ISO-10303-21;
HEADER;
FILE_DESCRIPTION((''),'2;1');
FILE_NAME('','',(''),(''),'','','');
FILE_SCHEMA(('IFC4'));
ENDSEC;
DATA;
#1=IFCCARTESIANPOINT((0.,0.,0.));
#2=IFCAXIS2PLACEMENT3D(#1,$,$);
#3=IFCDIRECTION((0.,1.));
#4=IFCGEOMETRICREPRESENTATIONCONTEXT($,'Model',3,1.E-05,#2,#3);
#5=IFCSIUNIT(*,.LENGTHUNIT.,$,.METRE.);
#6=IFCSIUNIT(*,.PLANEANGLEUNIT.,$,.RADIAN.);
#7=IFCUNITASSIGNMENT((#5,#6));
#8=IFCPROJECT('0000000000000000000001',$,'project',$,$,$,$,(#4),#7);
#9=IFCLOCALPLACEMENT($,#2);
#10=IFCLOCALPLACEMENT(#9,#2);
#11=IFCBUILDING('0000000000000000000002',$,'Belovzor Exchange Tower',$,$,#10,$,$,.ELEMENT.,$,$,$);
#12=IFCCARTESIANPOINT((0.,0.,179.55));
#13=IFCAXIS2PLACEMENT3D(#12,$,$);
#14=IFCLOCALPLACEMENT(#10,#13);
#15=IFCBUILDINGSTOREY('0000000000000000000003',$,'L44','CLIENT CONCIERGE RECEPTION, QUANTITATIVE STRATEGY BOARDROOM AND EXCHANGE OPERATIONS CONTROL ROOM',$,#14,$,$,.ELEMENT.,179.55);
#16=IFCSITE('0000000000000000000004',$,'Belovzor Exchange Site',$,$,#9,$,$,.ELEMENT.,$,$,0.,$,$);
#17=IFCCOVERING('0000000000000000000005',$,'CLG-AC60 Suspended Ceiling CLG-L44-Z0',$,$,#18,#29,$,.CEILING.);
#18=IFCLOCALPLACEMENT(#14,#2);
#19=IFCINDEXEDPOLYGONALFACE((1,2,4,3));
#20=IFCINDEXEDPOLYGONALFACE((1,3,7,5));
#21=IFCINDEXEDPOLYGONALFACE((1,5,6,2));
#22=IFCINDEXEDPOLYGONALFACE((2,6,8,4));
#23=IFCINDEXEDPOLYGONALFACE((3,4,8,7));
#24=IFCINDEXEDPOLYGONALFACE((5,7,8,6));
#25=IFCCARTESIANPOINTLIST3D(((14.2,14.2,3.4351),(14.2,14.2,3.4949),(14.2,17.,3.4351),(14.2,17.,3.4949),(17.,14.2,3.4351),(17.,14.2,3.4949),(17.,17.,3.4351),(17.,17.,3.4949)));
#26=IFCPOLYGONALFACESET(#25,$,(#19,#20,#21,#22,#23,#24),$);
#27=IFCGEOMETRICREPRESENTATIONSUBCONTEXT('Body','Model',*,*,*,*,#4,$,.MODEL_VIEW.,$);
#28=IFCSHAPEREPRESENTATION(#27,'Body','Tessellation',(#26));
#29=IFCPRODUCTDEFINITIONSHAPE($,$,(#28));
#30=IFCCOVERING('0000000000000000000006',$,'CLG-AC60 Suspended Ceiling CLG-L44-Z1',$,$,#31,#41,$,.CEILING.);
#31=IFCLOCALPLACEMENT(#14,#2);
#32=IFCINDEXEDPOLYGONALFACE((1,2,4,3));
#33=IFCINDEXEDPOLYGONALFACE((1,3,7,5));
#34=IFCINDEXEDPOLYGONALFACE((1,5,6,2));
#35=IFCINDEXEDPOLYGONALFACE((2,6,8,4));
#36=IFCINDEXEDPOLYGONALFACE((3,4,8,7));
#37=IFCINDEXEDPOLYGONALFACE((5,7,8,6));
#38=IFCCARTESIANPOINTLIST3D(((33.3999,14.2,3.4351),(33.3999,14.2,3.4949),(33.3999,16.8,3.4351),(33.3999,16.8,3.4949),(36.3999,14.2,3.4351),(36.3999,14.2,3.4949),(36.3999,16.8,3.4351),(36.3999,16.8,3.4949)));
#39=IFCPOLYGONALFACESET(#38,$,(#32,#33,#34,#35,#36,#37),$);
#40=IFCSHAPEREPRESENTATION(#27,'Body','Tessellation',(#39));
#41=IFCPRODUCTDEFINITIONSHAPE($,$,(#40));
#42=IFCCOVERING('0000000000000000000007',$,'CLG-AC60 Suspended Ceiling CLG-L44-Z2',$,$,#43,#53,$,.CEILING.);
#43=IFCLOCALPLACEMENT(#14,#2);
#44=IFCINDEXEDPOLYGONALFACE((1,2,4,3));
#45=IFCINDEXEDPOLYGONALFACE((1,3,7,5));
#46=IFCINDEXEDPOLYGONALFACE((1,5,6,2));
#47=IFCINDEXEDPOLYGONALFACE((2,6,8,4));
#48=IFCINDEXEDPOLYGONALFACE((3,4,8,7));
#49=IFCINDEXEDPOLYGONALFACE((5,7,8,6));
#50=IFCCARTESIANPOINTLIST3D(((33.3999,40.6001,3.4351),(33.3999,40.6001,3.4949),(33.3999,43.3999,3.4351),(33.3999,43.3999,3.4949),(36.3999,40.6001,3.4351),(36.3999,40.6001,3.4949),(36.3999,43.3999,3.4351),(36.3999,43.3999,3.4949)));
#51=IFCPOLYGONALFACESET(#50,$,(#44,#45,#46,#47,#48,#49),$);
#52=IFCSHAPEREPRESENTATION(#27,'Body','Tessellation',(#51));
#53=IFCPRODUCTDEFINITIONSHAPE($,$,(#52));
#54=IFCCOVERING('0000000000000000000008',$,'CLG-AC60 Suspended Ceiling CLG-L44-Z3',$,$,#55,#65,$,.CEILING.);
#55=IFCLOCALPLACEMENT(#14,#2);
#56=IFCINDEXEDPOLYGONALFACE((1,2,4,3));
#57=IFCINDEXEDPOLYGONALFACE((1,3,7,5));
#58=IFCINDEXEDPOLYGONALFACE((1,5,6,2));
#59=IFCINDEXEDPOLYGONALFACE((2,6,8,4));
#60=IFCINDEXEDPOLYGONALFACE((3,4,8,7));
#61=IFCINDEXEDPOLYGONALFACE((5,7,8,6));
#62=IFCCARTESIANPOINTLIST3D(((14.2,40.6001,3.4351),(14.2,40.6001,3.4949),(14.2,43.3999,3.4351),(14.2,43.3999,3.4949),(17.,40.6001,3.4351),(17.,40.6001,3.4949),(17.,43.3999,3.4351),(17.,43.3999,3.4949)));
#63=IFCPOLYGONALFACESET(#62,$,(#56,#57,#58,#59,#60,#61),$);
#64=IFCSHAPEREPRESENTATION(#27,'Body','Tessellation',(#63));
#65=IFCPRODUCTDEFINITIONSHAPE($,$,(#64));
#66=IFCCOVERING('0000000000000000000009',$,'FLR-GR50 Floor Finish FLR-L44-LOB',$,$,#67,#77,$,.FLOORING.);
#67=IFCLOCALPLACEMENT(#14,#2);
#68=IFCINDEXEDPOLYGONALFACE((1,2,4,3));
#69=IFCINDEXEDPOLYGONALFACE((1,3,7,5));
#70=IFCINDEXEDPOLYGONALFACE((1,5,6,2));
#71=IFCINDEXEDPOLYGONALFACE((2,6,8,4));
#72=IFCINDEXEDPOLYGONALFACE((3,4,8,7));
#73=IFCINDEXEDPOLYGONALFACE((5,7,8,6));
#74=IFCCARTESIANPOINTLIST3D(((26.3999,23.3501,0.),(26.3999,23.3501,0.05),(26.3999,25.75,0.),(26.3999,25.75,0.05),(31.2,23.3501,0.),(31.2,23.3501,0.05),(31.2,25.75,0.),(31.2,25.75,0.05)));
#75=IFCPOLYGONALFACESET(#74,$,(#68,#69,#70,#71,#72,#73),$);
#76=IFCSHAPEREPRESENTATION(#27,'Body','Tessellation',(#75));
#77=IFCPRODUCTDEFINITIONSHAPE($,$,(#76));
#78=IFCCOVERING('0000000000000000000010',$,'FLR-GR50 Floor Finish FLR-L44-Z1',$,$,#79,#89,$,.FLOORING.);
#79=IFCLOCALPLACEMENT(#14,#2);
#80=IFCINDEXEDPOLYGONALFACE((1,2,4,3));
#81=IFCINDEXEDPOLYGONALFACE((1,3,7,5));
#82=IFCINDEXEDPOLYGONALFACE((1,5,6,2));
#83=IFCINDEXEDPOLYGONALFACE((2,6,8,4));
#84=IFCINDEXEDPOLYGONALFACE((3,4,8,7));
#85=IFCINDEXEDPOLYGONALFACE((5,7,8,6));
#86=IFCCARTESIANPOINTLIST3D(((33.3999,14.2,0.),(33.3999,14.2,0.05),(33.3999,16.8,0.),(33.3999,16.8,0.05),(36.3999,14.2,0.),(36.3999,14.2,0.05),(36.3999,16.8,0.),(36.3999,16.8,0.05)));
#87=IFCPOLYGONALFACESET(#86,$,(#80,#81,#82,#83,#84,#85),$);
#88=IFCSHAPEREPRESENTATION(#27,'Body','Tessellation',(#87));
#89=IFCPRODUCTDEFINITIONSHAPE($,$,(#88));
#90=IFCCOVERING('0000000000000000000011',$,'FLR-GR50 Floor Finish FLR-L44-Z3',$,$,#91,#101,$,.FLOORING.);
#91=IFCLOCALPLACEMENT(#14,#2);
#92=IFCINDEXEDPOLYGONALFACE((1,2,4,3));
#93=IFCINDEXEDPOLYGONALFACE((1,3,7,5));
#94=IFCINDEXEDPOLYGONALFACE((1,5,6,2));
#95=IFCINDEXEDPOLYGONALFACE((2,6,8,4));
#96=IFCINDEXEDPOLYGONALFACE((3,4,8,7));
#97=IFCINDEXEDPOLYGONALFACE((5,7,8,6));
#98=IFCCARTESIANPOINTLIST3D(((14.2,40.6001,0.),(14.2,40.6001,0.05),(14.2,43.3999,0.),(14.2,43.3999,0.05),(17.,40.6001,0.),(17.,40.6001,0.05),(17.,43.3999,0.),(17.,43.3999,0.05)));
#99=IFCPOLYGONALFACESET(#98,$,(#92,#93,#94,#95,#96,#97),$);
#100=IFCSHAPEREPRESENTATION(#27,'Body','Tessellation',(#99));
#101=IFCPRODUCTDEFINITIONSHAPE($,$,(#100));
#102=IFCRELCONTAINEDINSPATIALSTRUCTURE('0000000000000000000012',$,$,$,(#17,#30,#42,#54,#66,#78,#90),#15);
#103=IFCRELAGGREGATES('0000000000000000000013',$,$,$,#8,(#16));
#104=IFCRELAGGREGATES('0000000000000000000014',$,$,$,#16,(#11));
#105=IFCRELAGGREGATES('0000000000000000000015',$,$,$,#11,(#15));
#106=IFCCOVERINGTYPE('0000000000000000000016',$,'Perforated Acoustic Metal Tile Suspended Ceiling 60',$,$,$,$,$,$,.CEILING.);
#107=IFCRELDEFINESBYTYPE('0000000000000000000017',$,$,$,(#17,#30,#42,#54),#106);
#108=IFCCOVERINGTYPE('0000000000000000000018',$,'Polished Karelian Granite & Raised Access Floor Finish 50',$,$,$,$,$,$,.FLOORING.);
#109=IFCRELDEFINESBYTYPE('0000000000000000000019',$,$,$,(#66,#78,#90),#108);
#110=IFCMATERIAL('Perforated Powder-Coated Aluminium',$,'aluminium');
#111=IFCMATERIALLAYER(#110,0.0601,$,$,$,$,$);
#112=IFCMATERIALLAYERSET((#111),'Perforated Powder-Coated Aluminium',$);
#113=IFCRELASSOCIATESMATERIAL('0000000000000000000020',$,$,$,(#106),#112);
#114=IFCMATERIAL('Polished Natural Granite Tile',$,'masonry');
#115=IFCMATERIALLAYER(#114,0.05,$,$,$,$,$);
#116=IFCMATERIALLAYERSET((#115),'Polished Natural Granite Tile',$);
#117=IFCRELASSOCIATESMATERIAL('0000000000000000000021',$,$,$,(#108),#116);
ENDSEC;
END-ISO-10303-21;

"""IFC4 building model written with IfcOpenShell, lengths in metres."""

from ifc_helpers import new_model, si_unit, direction, frame, origin, place, context, subcontext, project, spatial, polyline, outline, extrude, material, layer, layer_set, type_object, element, save


model = new_model("IFC4")

# Units and contexts
model_context = context("Model", 3, precision=1e-05, world=origin(), true_north=direction((0.0, 1.0)))
body_context = subcontext(model_context, "Body", "Model", "MODEL_VIEW")
ifc_project = project(units=[si_unit("LENGTHUNIT", "METRE"), si_unit("PLANEANGLEUNIT", "RADIAN")], contexts=[model_context])

# Site, building, storey
site_placement = place(None, origin())
site = spatial("IfcSite", under=ifc_project, at=site_placement, Name="Belovzor Exchange Site", CompositionType="ELEMENT", RefElevation=0.0)
building_placement = place(site_placement, origin())
building = spatial("IfcBuilding", under=site, at=building_placement, Name="Belovzor Exchange Tower", CompositionType="ELEMENT")
storey_placement = place(building_placement, frame((0.0, 0.0, 179.55)))
storey = spatial("IfcBuildingStorey", under=building, at=storey_placement, Name="L44", Description="CLIENT CONCIERGE RECEPTION, QUANTITATIVE STRATEGY BOARDROOM AND EXCHANGE OPERATIONS CONTROL ROOM", CompositionType="ELEMENT", Elevation=179.55)

# Coverings
ifc_material_1 = material(Name="Perforated Powder-Coated Aluminium", Category="aluminium")
ifc_layer_1 = layer(ifc_material_1, 0.0601)
ifc_layer_set_1 = layer_set([ifc_layer_1], Name="Perforated Powder-Coated Aluminium")
covering_type_1 = type_object("IfcCoveringType", Name="Perforated Acoustic Metal Tile Suspended Ceiling 60", PredefinedType="CEILING", material=ifc_layer_set_1)
covering_1_placement = place(storey_placement, frame((0.0, 0.0, 3.4351)))
element("IfcCovering", 1, at=covering_1_placement, inside=storey, type_object=covering_type_1, Name="CLG-AC60 Suspended Ceiling CLG-L44-Z0", PredefinedType="CEILING", context=body_context, shape_type="SweptSolid", body=[
    extrude(outline(polyline([(14.2, 14.2), (17.0, 14.2), (17.0, 17.0), (14.2, 17.0), (14.2, 14.2)])), origin(), (0.0, 0.0, 1.0), 0.0598),
])
covering_2_placement = place(storey_placement, frame((0.0, 0.0, 3.4351)))
element("IfcCovering", 2, at=covering_2_placement, inside=storey, type_object=covering_type_1, Name="CLG-AC60 Suspended Ceiling CLG-L44-Z1", PredefinedType="CEILING", context=body_context, shape_type="SweptSolid", body=[
    extrude(outline(polyline([(33.3999, 14.2), (36.3999, 14.2), (36.3999, 16.8), (33.3999, 16.8), (33.3999, 14.2)])), origin(), (0.0, 0.0, 1.0), 0.0598),
])
covering_3_placement = place(storey_placement, frame((0.0, 0.0, 3.4351)))
element("IfcCovering", 3, at=covering_3_placement, inside=storey, type_object=covering_type_1, Name="CLG-AC60 Suspended Ceiling CLG-L44-Z2", PredefinedType="CEILING", context=body_context, shape_type="SweptSolid", body=[
    extrude(outline(polyline([(33.3999, 40.6001), (36.3999, 40.6001), (36.3999, 43.3999), (33.3999, 43.3999), (33.3999, 40.6001)])), origin(), (0.0, 0.0, 1.0), 0.0598),
])
covering_4_placement = place(storey_placement, frame((0.0, 0.0, 3.4351)))
element("IfcCovering", 4, at=covering_4_placement, inside=storey, type_object=covering_type_1, Name="CLG-AC60 Suspended Ceiling CLG-L44-Z3", PredefinedType="CEILING", context=body_context, shape_type="SweptSolid", body=[
    extrude(outline(polyline([(14.2, 40.6001), (17.0, 40.6001), (17.0, 43.3999), (14.2, 43.3999), (14.2, 40.6001)])), origin(), (0.0, 0.0, 1.0), 0.0598),
])
ifc_material_2 = material(Name="Polished Natural Granite Tile", Category="masonry")
ifc_layer_2 = layer(ifc_material_2, 0.05)
ifc_layer_set_2 = layer_set([ifc_layer_2], Name="Polished Natural Granite Tile")
covering_type_2 = type_object("IfcCoveringType", Name="Polished Karelian Granite & Raised Access Floor Finish 50", PredefinedType="FLOORING", material=ifc_layer_set_2)
covering_5_placement = place(storey_placement, origin())
element("IfcCovering", 5, at=covering_5_placement, inside=storey, type_object=covering_type_2, Name="FLR-GR50 Floor Finish FLR-L44-LOB", PredefinedType="FLOORING", context=body_context, shape_type="SweptSolid", body=[
    extrude(outline(polyline([(26.3999, 23.3501), (31.2, 23.3501), (31.2, 25.75), (26.3999, 25.75), (26.3999, 23.3501)])), origin(), (0.0, 0.0, 1.0), 0.05),
])
covering_6_placement = place(storey_placement, origin())
element("IfcCovering", 6, at=covering_6_placement, inside=storey, type_object=covering_type_2, Name="FLR-GR50 Floor Finish FLR-L44-Z1", PredefinedType="FLOORING", context=body_context, shape_type="SweptSolid", body=[
    extrude(outline(polyline([(33.3999, 14.2), (36.3999, 14.2), (36.3999, 16.8), (33.3999, 16.8), (33.3999, 14.2)])), origin(), (0.0, 0.0, 1.0), 0.05),
])
covering_7_placement = place(storey_placement, origin())
element("IfcCovering", 7, at=covering_7_placement, inside=storey, type_object=covering_type_2, Name="FLR-GR50 Floor Finish FLR-L44-Z3", PredefinedType="FLOORING", context=body_context, shape_type="SweptSolid", body=[
    extrude(outline(polyline([(14.2, 40.6001), (17.0, 40.6001), (17.0, 43.3999), (14.2, 43.3999), (14.2, 40.6001)])), origin(), (0.0, 0.0, 1.0), 0.05),
])

save(model, "model.ifc")
